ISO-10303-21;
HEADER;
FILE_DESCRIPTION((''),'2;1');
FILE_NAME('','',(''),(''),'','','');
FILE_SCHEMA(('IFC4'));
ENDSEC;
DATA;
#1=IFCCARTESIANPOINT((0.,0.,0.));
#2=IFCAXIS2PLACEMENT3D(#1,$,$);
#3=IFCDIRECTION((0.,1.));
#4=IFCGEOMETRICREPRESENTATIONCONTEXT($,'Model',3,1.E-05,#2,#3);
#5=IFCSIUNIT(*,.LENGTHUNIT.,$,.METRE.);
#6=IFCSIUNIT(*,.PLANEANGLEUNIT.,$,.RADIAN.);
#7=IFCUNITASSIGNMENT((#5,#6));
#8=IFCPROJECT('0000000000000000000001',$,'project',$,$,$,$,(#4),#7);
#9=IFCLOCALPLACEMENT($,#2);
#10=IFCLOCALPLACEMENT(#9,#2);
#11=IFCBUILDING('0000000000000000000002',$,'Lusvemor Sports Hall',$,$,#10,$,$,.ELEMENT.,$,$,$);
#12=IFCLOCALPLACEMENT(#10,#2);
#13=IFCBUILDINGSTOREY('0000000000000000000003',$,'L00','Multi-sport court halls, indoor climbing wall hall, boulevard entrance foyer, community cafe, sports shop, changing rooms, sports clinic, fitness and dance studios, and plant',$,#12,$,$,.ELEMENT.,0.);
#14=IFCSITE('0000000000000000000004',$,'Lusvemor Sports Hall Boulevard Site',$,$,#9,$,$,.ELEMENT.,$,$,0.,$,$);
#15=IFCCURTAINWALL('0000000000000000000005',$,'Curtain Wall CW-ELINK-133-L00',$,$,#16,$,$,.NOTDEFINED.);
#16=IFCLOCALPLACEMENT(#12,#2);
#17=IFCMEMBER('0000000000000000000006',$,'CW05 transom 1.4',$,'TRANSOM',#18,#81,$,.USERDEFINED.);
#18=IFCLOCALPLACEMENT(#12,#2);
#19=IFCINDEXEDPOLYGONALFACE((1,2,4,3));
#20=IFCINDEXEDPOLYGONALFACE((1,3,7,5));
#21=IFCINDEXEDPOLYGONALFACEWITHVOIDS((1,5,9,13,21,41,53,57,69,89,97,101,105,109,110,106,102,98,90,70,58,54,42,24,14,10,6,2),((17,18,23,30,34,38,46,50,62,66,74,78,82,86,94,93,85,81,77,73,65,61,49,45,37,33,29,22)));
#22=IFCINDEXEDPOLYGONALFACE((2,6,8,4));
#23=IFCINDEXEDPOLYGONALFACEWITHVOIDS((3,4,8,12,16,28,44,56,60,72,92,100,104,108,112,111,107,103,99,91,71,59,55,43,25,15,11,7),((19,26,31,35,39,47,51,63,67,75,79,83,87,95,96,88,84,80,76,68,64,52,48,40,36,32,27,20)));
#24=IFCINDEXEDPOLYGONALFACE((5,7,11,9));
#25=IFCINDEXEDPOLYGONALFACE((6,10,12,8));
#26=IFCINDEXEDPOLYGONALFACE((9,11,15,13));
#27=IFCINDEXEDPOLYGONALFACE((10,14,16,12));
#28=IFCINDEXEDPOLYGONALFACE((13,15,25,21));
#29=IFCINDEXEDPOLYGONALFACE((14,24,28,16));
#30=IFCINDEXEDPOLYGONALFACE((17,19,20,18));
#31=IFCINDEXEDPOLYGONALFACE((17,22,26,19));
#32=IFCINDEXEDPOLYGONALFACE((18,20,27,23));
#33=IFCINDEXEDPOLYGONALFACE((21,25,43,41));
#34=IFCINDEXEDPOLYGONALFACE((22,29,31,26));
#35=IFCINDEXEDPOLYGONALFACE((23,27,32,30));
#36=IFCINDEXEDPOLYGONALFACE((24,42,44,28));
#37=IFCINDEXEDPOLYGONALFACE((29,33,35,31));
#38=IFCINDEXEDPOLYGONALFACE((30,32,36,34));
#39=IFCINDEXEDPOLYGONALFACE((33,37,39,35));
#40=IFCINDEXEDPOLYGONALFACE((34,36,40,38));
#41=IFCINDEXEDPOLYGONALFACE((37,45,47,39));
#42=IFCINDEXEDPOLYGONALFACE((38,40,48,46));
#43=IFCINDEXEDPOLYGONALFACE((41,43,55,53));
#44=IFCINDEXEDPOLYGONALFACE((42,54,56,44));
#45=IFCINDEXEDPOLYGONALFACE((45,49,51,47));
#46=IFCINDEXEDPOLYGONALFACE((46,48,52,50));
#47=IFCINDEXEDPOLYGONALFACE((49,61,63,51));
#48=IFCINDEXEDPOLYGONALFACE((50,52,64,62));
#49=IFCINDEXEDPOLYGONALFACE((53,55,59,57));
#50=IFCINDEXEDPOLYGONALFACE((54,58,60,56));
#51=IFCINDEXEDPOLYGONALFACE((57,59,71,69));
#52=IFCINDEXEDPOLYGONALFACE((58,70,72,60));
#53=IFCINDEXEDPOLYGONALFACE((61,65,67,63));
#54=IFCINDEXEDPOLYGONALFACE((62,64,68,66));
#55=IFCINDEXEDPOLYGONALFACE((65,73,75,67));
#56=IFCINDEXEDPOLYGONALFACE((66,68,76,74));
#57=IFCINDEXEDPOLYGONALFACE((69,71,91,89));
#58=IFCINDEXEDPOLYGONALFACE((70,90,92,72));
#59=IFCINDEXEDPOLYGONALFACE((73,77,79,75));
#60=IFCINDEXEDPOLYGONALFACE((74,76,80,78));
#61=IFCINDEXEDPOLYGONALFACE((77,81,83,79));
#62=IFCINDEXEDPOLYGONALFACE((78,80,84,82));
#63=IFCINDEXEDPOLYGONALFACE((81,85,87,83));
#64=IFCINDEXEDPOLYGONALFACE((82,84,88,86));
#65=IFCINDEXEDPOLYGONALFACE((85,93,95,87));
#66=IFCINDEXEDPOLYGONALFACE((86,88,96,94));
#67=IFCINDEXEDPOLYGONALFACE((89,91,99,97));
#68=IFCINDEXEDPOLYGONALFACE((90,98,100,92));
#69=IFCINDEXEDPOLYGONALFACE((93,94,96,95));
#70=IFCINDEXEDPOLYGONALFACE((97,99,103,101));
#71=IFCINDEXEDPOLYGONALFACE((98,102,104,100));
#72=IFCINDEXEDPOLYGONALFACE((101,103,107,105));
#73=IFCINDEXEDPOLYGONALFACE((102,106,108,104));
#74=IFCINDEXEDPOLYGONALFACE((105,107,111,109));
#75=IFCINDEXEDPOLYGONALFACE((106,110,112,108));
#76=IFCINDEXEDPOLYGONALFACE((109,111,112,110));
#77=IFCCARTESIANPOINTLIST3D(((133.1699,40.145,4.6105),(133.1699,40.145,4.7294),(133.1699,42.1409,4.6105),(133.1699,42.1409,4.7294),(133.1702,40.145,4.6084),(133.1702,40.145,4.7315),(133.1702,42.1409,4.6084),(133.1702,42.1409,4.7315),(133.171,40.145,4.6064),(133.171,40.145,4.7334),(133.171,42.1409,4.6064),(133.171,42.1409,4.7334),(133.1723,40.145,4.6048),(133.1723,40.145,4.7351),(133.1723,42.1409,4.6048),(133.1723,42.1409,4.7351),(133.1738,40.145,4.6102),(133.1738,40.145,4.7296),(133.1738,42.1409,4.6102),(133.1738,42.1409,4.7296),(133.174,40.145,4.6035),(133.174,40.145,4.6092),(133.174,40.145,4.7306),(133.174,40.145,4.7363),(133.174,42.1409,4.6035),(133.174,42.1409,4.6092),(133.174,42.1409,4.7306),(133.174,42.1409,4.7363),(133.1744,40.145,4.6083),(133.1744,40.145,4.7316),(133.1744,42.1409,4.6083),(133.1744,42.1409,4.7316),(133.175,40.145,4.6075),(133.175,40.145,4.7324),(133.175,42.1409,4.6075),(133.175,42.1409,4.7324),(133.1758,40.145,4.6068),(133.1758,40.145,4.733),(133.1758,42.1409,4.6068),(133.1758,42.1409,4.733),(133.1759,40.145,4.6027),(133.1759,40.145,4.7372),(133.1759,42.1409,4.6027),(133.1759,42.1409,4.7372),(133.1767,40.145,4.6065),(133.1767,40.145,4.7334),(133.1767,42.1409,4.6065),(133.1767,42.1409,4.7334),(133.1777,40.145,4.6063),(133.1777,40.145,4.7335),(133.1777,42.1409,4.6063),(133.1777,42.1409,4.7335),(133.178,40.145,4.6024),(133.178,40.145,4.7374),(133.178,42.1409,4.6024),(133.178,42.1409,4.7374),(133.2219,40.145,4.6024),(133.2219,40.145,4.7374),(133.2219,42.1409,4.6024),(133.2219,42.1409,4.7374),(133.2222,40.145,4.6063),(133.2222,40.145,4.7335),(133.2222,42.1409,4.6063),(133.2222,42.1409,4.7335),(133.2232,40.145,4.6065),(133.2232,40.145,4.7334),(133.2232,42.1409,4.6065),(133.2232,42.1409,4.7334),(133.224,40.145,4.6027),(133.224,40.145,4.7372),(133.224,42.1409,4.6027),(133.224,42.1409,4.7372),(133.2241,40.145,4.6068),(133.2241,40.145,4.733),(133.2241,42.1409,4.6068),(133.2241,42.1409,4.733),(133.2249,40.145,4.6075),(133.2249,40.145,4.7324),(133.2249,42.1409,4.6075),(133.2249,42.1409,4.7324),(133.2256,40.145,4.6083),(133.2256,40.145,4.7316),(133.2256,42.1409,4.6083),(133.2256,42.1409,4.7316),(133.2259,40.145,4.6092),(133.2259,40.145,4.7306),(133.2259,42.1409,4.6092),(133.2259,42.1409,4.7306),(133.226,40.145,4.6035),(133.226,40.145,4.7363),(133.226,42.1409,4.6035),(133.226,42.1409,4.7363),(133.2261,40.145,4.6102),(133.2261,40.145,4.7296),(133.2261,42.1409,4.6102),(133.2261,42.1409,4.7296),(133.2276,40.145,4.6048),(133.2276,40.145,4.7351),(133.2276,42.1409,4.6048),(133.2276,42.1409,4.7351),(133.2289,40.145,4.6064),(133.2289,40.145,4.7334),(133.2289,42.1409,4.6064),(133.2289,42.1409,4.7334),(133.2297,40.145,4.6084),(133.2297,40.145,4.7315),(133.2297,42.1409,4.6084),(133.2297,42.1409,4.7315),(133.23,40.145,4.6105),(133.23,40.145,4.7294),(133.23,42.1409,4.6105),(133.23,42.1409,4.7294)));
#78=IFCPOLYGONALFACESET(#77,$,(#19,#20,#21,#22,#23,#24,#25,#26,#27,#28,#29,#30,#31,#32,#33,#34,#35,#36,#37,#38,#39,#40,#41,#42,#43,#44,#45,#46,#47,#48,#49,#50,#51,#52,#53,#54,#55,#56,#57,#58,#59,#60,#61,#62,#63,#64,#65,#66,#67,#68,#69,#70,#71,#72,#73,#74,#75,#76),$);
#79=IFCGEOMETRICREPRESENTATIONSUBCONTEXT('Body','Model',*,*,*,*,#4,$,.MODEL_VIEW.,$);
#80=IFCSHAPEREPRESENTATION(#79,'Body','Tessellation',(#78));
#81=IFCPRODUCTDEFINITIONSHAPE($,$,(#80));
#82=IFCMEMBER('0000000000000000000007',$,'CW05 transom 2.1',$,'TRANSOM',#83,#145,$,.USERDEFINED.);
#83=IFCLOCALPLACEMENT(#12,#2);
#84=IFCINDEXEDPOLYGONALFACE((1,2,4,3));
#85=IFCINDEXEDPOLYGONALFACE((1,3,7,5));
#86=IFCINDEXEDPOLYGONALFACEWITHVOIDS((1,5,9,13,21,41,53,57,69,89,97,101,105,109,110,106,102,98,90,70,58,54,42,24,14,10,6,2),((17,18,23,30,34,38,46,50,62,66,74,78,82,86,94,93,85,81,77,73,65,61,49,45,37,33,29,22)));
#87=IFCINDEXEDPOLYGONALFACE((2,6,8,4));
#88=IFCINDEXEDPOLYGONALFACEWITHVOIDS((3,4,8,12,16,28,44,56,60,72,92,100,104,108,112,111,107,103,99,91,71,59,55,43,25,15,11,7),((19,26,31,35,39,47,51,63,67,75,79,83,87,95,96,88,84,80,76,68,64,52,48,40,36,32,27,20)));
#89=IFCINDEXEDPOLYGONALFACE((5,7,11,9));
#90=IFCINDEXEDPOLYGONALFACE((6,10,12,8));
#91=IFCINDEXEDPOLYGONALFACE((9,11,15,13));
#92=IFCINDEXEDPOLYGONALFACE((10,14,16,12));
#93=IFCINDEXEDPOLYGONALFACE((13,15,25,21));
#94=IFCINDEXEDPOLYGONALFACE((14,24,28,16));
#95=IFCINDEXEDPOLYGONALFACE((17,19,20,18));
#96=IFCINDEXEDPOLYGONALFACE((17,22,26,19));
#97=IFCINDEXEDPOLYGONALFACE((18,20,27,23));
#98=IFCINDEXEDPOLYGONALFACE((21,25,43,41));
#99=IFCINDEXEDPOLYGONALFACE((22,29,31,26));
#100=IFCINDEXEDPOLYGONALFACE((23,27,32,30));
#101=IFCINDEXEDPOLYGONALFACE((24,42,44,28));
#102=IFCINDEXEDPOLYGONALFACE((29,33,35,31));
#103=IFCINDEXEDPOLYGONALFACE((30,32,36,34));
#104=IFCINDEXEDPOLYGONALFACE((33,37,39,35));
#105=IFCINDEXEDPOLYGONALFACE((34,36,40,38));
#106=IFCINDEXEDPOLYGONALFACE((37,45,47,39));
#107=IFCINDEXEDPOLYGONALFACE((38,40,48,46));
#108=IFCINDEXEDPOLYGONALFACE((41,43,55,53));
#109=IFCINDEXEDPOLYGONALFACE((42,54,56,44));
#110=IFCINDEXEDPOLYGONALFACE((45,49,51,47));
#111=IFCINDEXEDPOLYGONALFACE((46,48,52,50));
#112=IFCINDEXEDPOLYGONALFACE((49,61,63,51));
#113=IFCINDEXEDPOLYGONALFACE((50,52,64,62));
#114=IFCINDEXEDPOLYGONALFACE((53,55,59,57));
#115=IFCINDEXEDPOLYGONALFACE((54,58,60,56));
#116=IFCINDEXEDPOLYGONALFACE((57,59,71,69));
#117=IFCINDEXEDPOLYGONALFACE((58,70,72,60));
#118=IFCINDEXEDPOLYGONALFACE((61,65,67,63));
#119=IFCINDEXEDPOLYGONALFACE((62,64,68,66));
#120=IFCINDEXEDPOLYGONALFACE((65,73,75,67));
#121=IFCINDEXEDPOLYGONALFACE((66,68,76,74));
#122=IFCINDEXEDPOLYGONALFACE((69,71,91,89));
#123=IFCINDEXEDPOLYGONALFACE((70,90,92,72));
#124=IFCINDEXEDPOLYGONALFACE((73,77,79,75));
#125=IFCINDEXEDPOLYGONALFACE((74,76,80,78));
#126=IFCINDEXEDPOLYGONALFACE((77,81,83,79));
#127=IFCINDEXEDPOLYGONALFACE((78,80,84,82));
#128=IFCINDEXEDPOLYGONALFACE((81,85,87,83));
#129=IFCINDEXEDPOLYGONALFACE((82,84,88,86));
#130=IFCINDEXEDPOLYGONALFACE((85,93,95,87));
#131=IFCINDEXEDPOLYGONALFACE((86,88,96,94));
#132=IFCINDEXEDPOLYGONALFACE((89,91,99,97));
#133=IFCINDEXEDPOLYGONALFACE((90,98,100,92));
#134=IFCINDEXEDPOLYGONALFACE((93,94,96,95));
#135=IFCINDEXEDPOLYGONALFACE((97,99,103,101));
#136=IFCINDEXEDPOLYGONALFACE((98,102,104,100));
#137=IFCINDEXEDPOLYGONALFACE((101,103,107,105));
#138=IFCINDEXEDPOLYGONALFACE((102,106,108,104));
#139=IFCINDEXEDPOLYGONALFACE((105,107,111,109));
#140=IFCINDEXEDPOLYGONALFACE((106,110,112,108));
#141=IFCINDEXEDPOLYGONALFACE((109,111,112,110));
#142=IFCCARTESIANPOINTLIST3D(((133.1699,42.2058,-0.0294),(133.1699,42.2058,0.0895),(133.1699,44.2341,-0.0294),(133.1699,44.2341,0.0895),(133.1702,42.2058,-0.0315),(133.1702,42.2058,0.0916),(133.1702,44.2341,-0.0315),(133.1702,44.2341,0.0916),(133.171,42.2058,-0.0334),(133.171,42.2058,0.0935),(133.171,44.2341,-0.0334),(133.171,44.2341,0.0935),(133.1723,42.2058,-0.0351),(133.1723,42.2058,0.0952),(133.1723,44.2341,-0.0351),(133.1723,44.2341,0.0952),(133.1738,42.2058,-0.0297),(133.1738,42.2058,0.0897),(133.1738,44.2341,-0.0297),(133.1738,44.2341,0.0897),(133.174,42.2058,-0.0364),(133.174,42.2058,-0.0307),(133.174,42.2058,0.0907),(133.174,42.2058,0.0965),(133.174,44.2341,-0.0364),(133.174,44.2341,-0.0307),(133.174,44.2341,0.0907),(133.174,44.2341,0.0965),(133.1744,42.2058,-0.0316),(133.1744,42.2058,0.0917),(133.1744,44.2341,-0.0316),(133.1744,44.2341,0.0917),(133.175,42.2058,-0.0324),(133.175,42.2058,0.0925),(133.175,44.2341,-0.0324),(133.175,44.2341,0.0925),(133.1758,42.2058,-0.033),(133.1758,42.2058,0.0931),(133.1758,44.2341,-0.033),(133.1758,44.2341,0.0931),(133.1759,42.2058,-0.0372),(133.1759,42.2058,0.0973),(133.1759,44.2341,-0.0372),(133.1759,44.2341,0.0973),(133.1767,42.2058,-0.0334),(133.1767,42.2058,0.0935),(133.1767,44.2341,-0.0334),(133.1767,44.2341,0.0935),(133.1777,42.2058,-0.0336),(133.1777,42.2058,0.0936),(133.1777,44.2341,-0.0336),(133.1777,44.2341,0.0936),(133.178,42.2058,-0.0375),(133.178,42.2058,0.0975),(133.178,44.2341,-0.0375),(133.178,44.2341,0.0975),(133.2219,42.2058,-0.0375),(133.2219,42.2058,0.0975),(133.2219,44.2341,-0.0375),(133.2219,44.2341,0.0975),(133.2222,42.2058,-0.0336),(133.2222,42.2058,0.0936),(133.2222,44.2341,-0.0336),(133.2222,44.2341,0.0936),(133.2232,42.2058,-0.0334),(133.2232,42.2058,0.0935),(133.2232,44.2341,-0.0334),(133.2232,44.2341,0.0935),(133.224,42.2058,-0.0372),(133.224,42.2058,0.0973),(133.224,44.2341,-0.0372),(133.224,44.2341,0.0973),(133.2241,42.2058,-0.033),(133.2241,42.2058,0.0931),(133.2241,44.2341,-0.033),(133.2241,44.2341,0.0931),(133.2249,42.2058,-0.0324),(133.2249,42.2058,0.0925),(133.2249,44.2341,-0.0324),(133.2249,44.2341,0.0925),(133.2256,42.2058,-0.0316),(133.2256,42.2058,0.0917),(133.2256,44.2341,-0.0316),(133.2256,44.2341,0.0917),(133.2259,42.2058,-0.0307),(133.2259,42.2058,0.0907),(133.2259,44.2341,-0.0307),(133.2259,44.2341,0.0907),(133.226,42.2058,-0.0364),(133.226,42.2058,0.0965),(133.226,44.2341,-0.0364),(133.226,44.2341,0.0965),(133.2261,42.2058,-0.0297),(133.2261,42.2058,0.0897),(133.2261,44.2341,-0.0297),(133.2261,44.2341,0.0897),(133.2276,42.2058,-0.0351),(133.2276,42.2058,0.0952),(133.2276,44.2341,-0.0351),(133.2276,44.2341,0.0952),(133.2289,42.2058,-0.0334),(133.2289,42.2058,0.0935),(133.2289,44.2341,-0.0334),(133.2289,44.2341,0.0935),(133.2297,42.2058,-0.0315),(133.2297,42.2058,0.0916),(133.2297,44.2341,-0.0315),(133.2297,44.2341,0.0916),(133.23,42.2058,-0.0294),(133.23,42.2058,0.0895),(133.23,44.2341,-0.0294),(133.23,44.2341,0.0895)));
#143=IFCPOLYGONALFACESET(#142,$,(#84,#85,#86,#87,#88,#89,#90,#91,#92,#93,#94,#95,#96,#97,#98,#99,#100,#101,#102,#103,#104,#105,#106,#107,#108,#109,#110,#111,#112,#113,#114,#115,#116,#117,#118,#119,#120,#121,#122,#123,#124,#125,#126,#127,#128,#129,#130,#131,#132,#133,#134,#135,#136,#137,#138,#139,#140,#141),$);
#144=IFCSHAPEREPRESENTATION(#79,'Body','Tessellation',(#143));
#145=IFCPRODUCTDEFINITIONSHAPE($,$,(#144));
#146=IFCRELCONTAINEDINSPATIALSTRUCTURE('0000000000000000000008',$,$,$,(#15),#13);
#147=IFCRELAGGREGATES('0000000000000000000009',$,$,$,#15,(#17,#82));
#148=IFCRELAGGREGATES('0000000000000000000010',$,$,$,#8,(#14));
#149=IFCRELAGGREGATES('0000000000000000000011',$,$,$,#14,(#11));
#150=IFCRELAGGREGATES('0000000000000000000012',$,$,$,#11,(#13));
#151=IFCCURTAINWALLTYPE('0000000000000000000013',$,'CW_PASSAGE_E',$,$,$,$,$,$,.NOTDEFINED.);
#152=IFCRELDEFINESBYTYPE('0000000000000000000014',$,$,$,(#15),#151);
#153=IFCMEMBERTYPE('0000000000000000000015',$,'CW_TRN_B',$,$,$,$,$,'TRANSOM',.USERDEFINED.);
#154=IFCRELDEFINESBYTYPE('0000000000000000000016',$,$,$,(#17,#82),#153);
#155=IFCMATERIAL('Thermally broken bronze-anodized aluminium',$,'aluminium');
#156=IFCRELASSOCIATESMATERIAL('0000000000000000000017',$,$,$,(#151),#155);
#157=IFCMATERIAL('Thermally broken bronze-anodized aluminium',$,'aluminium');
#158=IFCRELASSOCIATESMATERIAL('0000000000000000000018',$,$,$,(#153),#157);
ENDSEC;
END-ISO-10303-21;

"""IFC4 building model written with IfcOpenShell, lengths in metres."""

from ifc_helpers import new_model, si_unit, direction, frame, origin, origin_2d, place, context, subcontext, project, spatial, hollow_rectangle, extrude, material, material_profile, profile_set, type_object, element, aggregate, save


model = new_model("IFC4")

# Units and contexts
model_context = context("Model", 3, precision=1e-05, world=origin(), true_north=direction((0.0, 1.0)))
body_context = subcontext(model_context, "Body", "Model", "MODEL_VIEW")
ifc_project = project(units=[si_unit("LENGTHUNIT", "METRE"), si_unit("PLANEANGLEUNIT", "RADIAN")], contexts=[model_context])

# Site, building, storey
site_placement = place(None, origin())
site = spatial("IfcSite", under=ifc_project, at=site_placement, Name="Lusvemor Sports Hall Boulevard Site", CompositionType="ELEMENT", RefElevation=0.0)
building_placement = place(site_placement, origin())
building = spatial("IfcBuilding", under=site, at=building_placement, Name="Lusvemor Sports Hall", CompositionType="ELEMENT")
storey_placement = place(building_placement, origin())
storey = spatial("IfcBuildingStorey", under=building, at=storey_placement, Name="L00", Description="Multi-sport court halls, indoor climbing wall hall, boulevard entrance foyer, community cafe, sports shop, changing rooms, sports clinic, fitness and dance studios, and plant", CompositionType="ELEMENT", Elevation=0.0)

# Curtain wall, members
ifc_material_1 = material(Name="Thermally broken bronze-anodized aluminium", Category="aluminium")
curtain_wall_type = type_object("IfcCurtainWallType", Name="CW_PASSAGE_E", PredefinedType="NOTDEFINED", material=ifc_material_1)
curtain_wall_placement = place(storey_placement, origin())
curtain_wall = element("IfcCurtainWall", 1, at=curtain_wall_placement, inside=storey, type_object=curtain_wall_type, Name="Curtain Wall CW-ELINK-133-L00", PredefinedType="NOTDEFINED")
ifc_material_2 = material(Name="Thermally broken bronze-anodized aluminium", Category="aluminium")
ifc_material_profile_1 = material_profile(ifc_material_2, hollow_rectangle(XDim=0.0601, YDim=0.135, WallThickness=0.0039, InnerFilletRadius=0.0039, OuterFilletRadius=0.0081, at=origin_2d()), Name="CWTRN135x60x4")
ifc_profile_set_1 = profile_set([ifc_material_profile_1], Name="Thermally broken bronze-anodized aluminium")
member_type_1 = type_object("IfcMemberType", Name="CW_TRN_B", ElementType="TRANSOM", PredefinedType="USERDEFINED", material=ifc_profile_set_1)
member_1_placement = place(storey_placement, frame((133.2, 40.145, 4.6699), z_axis=(0.0, 1.0, 0.0), x_axis=(-1.0, 0.0, 0.0)))
member_1 = element("IfcMember", 2, at=member_1_placement, type_object=member_type_1, Name="CW05 transom 1.4", ObjectType="TRANSOM", PredefinedType="USERDEFINED", context=body_context, shape_type="SweptSolid", body=[
    extrude(hollow_rectangle(XDim=0.0601, YDim=0.135, WallThickness=0.0039, InnerFilletRadius=0.0039, OuterFilletRadius=0.0081, at=origin_2d()), origin(), (0.0, 0.0, 1.0), 1.9958),
])
member_2_placement = place(storey_placement, frame((133.2, 42.2058, 0.03), z_axis=(0.0, 1.0, 0.0), x_axis=(-1.0, 0.0, 0.0)))
member_2 = element("IfcMember", 3, at=member_2_placement, type_object=member_type_1, Name="CW05 transom 2.1", ObjectType="TRANSOM", PredefinedType="USERDEFINED", context=body_context, shape_type="SweptSolid", body=[
    extrude(hollow_rectangle(XDim=0.0601, YDim=0.135, WallThickness=0.0039, InnerFilletRadius=0.0039, OuterFilletRadius=0.0081, at=origin_2d()), origin(), (0.0, 0.0, 1.0), 2.0283),
])
aggregate(curtain_wall, [member_1, member_2])

save(model, "model.ifc")
